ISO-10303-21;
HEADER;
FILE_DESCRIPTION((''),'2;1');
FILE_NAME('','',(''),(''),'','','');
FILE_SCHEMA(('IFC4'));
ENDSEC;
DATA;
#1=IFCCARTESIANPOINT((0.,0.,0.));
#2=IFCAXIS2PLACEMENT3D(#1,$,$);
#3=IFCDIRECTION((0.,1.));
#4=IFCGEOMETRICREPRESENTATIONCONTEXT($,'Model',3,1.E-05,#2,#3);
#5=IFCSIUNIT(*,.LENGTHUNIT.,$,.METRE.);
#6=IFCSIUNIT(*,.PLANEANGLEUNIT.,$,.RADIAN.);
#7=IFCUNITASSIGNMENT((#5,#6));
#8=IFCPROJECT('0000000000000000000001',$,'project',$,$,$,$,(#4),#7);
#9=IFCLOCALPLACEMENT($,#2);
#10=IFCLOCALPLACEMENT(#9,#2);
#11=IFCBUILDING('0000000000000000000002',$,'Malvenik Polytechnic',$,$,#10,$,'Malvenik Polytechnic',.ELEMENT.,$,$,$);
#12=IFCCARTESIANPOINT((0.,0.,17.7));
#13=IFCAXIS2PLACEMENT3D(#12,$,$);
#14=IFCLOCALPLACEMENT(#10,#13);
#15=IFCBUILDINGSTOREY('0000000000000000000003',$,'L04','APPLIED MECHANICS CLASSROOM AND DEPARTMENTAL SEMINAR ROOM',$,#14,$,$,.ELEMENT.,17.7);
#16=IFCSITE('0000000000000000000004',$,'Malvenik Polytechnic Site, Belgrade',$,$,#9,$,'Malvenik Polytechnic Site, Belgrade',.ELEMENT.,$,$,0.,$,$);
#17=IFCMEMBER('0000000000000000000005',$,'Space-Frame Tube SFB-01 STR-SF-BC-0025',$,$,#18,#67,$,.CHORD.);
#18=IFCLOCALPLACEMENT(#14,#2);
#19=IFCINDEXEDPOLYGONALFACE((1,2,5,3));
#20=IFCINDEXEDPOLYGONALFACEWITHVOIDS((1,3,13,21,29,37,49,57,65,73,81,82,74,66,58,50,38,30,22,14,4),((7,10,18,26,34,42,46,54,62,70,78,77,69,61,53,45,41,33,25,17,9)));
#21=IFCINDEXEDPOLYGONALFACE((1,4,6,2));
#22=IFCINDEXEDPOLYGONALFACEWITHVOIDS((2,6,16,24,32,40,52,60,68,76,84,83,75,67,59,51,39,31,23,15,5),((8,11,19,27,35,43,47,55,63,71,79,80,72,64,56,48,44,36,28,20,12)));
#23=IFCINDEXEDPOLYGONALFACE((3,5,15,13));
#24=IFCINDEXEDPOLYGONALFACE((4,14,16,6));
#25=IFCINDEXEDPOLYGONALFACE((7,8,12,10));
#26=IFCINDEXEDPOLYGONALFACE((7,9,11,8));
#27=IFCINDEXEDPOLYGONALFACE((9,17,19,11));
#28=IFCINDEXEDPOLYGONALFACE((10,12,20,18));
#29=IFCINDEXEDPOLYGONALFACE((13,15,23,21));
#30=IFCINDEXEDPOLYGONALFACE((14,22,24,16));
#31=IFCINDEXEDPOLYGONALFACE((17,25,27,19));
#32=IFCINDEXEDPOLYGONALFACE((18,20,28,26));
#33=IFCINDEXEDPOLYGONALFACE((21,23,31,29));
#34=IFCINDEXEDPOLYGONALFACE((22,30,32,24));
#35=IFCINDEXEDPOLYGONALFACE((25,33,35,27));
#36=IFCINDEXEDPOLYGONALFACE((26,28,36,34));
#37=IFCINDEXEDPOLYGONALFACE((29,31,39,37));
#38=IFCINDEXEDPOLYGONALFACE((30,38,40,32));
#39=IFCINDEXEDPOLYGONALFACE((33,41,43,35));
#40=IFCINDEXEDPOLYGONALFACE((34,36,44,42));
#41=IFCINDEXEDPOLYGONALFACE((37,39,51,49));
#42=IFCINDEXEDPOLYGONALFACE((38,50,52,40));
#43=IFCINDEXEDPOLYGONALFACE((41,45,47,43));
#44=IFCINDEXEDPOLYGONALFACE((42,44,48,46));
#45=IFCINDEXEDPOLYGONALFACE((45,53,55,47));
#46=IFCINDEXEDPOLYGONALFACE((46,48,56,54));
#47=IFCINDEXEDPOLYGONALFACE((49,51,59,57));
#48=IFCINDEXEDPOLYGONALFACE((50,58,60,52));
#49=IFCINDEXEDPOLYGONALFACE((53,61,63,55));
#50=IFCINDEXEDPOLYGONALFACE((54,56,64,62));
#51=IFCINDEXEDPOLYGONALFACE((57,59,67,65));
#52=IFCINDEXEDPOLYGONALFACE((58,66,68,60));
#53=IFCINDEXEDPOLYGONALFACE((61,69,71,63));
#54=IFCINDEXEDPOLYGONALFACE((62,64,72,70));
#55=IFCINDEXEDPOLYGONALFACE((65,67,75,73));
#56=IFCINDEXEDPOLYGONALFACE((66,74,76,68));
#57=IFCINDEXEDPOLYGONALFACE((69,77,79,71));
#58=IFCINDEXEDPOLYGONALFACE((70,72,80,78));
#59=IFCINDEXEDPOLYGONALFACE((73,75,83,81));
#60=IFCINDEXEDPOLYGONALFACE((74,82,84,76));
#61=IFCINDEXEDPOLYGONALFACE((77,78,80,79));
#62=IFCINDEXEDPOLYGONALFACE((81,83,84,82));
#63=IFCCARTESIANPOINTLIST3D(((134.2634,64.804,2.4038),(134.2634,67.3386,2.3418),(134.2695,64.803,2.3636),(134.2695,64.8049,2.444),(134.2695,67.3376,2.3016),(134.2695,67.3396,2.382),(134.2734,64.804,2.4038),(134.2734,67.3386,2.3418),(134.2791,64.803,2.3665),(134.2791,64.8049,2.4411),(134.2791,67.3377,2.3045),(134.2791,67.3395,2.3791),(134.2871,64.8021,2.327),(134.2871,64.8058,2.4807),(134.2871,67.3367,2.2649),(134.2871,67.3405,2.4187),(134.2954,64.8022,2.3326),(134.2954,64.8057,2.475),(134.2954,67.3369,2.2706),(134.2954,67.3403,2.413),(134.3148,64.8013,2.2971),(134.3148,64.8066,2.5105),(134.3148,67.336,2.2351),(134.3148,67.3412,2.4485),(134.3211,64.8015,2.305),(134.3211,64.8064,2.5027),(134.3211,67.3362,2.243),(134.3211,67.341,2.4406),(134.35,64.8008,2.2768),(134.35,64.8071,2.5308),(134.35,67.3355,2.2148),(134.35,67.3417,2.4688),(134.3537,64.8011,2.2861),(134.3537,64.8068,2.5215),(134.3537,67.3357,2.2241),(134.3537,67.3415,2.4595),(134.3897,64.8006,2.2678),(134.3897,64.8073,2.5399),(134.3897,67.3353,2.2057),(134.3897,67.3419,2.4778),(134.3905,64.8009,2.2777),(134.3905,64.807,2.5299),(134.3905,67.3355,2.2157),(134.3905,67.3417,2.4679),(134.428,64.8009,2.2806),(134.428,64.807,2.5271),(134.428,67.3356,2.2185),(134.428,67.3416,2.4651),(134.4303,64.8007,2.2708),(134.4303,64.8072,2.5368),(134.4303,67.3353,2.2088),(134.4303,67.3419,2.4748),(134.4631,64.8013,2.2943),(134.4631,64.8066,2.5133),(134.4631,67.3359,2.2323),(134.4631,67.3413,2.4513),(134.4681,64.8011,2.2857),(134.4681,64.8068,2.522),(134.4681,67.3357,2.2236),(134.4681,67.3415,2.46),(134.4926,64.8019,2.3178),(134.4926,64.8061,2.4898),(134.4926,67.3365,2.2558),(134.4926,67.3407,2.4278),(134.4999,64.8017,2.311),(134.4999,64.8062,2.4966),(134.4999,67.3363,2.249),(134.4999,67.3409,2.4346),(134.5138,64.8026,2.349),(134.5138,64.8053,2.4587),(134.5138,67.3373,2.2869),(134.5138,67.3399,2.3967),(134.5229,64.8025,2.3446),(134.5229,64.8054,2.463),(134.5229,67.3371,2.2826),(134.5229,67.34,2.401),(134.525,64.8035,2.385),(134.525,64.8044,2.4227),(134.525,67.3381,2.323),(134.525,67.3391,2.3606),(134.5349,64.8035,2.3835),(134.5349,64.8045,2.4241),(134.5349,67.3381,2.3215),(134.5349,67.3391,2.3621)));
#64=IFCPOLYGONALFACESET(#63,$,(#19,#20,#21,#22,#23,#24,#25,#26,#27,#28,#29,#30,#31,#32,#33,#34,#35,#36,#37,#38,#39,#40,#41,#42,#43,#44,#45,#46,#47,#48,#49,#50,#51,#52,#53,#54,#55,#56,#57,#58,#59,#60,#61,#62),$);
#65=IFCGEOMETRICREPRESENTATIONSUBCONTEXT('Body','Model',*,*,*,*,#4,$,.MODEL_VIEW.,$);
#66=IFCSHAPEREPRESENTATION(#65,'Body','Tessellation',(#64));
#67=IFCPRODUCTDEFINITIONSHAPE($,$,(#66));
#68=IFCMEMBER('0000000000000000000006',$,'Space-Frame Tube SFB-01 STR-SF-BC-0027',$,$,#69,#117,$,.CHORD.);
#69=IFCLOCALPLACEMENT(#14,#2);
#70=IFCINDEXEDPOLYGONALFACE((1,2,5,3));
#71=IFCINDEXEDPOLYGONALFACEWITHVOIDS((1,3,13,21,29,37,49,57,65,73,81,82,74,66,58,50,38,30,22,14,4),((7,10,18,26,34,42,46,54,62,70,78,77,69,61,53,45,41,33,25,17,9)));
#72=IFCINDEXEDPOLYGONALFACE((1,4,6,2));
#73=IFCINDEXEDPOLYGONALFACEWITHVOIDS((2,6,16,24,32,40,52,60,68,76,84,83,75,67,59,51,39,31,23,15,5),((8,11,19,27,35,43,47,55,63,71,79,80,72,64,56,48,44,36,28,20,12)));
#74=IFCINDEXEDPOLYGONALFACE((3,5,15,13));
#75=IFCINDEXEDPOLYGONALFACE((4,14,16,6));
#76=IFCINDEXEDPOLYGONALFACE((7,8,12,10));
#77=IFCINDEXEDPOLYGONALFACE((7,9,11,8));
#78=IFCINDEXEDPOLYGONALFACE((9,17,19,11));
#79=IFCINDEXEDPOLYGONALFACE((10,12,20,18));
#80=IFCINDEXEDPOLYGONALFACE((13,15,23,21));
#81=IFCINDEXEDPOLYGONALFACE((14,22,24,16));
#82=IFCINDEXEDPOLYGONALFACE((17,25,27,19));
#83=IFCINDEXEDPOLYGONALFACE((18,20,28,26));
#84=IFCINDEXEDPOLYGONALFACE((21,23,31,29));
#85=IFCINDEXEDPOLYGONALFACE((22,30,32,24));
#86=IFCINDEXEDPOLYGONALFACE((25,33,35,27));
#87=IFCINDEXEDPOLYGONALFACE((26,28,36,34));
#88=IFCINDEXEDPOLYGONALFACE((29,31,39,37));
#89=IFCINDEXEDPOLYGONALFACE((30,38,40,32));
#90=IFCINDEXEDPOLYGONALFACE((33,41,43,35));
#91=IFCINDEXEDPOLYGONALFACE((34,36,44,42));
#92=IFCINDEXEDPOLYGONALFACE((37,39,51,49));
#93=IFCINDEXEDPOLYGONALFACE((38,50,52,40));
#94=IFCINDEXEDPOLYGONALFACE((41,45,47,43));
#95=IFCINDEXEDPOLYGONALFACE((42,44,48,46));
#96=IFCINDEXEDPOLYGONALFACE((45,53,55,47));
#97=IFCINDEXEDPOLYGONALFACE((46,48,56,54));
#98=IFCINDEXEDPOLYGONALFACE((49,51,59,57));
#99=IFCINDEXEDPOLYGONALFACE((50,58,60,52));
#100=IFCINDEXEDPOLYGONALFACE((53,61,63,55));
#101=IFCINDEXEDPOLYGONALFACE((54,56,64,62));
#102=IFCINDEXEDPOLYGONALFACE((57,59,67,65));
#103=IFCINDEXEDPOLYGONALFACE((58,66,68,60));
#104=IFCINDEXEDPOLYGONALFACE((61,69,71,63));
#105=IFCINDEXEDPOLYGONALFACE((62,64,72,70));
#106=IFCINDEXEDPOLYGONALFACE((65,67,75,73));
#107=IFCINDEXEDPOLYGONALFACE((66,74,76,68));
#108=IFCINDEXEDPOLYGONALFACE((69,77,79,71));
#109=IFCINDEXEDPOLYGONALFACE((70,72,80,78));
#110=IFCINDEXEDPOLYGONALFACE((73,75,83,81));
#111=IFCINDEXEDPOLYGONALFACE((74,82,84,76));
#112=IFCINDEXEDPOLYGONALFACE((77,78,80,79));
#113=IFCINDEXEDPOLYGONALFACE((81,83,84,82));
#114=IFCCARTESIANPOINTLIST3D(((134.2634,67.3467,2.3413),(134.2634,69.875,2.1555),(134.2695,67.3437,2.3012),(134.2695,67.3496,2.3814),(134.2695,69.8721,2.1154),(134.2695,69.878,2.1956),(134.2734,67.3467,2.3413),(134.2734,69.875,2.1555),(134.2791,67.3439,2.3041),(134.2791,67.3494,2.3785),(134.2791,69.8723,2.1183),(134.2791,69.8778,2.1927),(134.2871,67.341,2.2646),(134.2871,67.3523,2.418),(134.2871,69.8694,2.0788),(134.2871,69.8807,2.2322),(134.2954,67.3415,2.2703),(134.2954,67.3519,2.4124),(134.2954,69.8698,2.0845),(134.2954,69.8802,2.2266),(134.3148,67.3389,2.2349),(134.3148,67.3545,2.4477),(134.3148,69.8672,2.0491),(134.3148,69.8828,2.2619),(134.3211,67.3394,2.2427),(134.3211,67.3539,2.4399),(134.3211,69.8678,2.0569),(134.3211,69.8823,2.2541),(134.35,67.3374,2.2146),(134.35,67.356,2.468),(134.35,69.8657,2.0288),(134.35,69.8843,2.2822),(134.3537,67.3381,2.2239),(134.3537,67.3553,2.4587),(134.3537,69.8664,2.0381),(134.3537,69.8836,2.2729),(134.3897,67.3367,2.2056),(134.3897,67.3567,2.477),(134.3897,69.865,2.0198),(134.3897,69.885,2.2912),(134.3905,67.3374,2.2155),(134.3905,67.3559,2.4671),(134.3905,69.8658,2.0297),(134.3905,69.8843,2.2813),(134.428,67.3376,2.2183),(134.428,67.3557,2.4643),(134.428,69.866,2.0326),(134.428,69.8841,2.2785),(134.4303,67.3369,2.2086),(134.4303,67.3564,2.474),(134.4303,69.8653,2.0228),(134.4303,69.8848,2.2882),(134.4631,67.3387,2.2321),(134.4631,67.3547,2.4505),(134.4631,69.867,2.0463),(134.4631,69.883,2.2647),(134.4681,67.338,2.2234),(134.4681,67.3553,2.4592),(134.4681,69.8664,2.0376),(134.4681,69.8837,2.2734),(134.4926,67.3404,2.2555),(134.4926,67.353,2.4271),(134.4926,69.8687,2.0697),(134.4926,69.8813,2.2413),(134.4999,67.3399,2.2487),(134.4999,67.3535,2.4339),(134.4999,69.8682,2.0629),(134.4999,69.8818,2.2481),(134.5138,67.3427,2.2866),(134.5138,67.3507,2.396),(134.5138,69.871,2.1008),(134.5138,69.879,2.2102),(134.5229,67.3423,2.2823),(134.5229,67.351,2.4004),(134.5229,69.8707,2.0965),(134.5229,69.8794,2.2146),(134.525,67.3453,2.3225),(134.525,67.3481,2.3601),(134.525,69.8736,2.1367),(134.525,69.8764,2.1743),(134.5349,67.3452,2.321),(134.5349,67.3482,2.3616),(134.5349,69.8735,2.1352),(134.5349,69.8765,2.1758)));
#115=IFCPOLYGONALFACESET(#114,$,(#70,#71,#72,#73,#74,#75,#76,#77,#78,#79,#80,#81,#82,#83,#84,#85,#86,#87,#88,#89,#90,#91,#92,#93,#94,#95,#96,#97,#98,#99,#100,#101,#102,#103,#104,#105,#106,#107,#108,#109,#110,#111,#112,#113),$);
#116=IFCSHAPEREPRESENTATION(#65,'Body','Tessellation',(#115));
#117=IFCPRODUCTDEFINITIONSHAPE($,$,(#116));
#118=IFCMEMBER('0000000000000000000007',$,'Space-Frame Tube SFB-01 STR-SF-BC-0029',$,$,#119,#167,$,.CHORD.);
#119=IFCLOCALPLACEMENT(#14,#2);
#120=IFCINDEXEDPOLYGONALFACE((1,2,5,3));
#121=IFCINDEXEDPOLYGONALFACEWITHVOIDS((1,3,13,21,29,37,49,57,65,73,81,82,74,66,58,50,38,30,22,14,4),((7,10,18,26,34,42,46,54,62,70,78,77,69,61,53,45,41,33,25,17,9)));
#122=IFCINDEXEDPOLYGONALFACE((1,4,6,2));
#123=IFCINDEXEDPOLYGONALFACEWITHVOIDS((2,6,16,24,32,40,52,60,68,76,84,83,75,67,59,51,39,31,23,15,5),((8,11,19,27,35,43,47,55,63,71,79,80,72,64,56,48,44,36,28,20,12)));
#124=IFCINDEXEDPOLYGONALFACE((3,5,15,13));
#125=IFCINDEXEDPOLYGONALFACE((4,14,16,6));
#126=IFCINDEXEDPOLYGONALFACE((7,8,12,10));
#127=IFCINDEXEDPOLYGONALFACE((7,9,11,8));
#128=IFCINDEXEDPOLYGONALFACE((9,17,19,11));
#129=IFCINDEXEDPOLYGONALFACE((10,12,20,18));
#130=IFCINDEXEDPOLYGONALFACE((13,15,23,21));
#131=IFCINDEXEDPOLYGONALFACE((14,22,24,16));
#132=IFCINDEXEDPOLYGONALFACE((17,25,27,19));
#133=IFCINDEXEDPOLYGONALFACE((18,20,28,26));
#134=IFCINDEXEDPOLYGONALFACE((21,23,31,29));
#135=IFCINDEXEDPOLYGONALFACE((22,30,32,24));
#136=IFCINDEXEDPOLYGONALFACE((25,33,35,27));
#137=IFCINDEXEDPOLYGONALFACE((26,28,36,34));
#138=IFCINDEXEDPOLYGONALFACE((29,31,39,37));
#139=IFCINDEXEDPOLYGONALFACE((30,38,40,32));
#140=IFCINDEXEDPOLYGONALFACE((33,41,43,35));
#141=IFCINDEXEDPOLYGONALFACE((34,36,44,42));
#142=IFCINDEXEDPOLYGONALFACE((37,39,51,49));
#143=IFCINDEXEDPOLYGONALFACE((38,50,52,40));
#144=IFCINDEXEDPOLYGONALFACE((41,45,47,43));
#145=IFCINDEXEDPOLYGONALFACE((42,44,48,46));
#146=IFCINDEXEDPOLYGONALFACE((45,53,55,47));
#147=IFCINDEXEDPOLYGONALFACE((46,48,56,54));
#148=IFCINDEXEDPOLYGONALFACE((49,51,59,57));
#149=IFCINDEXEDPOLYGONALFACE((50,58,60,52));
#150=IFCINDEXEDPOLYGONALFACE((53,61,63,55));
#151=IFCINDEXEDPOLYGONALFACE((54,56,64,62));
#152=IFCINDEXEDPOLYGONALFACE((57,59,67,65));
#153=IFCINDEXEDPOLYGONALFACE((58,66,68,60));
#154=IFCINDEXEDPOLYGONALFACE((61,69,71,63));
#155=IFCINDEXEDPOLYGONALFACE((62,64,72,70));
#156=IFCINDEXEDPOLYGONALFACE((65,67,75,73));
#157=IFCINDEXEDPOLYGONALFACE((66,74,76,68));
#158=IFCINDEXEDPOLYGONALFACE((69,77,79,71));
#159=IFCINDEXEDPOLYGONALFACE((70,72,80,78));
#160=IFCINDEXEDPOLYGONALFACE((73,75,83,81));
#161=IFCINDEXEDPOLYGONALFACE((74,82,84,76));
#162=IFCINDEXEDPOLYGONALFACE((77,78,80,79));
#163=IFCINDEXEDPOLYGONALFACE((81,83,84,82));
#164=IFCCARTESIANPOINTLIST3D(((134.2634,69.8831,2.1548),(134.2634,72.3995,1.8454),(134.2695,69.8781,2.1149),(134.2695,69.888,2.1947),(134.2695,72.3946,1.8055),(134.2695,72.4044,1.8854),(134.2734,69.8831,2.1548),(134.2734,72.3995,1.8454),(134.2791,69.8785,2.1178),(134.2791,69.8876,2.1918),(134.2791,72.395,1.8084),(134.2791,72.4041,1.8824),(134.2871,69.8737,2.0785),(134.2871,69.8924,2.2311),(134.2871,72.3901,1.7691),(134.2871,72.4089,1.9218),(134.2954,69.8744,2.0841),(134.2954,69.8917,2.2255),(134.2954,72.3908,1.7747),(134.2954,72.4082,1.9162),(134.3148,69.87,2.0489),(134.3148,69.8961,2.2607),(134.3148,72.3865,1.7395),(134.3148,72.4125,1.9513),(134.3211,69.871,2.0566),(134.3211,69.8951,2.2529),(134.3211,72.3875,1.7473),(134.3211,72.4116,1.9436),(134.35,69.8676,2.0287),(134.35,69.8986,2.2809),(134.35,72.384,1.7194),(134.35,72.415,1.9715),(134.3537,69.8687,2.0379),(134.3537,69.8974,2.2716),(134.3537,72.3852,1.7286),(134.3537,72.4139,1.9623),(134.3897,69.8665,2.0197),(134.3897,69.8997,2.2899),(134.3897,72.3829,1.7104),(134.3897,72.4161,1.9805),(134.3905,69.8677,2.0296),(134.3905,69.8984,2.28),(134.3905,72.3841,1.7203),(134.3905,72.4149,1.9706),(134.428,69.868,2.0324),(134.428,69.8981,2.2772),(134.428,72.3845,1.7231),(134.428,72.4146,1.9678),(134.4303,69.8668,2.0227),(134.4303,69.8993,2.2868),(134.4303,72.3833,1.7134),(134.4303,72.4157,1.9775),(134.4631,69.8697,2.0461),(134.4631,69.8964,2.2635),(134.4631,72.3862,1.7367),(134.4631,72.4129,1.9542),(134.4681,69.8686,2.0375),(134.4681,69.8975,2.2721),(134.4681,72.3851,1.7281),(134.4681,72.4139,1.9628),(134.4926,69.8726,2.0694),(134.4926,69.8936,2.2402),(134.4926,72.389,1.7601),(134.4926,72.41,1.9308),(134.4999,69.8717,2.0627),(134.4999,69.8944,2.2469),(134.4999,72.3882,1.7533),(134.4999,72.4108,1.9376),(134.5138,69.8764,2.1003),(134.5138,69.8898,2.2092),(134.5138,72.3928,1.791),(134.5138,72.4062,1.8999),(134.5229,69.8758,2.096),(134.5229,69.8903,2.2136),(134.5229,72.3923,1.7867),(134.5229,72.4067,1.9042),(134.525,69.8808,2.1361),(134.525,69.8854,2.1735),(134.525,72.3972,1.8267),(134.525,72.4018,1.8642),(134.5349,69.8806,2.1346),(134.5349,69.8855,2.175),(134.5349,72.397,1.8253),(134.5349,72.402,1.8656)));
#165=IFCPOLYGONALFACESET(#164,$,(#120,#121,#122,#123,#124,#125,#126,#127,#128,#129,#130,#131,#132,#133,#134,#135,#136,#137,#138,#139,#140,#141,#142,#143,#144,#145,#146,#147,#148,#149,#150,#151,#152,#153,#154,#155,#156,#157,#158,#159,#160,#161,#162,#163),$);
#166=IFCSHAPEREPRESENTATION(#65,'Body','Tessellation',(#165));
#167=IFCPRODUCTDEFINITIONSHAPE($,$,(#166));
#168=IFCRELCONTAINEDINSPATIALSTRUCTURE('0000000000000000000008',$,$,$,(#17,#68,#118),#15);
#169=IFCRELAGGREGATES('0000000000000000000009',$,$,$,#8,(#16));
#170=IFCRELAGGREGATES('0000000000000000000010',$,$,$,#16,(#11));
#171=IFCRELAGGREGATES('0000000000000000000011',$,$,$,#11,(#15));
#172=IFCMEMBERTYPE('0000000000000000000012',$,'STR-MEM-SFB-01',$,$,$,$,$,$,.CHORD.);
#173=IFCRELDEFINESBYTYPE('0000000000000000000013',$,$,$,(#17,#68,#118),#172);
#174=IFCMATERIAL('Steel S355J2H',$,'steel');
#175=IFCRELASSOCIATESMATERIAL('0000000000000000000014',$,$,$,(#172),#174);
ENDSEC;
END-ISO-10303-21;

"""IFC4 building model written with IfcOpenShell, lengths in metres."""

from ifc_helpers import new_model, si_unit, direction, frame, origin, origin_2d, place, context, subcontext, project, spatial, hollow_circle, extrude, material, material_profile, profile_set, type_object, element, save


model = new_model("IFC4")

# Units and contexts
model_context = context("Model", 3, precision=1e-05, world=origin(), true_north=direction((0.0, 1.0)))
body_context = subcontext(model_context, "Body", "Model", "MODEL_VIEW")
ifc_project = project(units=[si_unit("LENGTHUNIT", "METRE"), si_unit("PLANEANGLEUNIT", "RADIAN")], contexts=[model_context])

# Site, building, storey
site_placement = place(None, origin())
site = spatial("IfcSite", under=ifc_project, at=site_placement, Name="Malvenik Polytechnic Site, Belgrade", LongName="Malvenik Polytechnic Site, Belgrade", CompositionType="ELEMENT", RefElevation=0.0)
building_placement = place(site_placement, origin())
building = spatial("IfcBuilding", under=site, at=building_placement, Name="Malvenik Polytechnic", LongName="Malvenik Polytechnic", CompositionType="ELEMENT")
storey_placement = place(building_placement, frame((0.0, 0.0, 17.7)))
storey = spatial("IfcBuildingStorey", under=building, at=storey_placement, Name="L04", Description="APPLIED MECHANICS CLASSROOM AND DEPARTMENTAL SEMINAR ROOM", CompositionType="ELEMENT", Elevation=17.7)

# Members
ifc_material = material(Name="Steel S355J2H", Category="steel")
ifc_material_profile_1 = material_profile(ifc_material, hollow_circle(Radius=0.1365, WallThickness=0.01, at=origin_2d()), Name="CHS 273.0x10.0")
ifc_profile_set_1 = profile_set([ifc_material_profile_1], Name="Steel S355J2H")
member_type_1 = type_object("IfcMemberType", Name="STR-MEM-SFB-01", PredefinedType="CHORD", material=ifc_profile_set_1)
member_1_placement = place(storey_placement, frame((134.3999, 64.804, 2.4038), z_axis=(0.0, 0.999701, -0.024458), x_axis=(-1.0, 0.0, 0.0)))
element("IfcMember", 1, at=member_1_placement, inside=storey, type_object=member_type_1, Name="Space-Frame Tube SFB-01 STR-SF-BC-0025", PredefinedType="CHORD", context=body_context, shape_type="SweptSolid", body=[
    extrude(hollow_circle(Radius=0.1365, WallThickness=0.01, at=origin_2d()), origin(), (0.0, 0.0, 1.0), 2.5354),
])
member_2_placement = place(storey_placement, frame((134.3999, 67.3467, 2.3413), z_axis=(0.0, 0.997311, -0.073286), x_axis=(-1.0, 0.0, 0.0)))
element("IfcMember", 2, at=member_2_placement, inside=storey, type_object=member_type_1, Name="Space-Frame Tube SFB-01 STR-SF-BC-0027", PredefinedType="CHORD", context=body_context, shape_type="SweptSolid", body=[
    extrude(hollow_circle(Radius=0.1365, WallThickness=0.01, at=origin_2d()), origin(), (0.0, 0.0, 1.0), 2.5352),
])
member_3_placement = place(storey_placement, frame((134.3999, 69.8831, 2.1548), z_axis=(0.0, 0.992529, -0.122008), x_axis=(-1.0, 0.0, 0.0)))
element("IfcMember", 3, at=member_3_placement, inside=storey, type_object=member_type_1, Name="Space-Frame Tube SFB-01 STR-SF-BC-0029", PredefinedType="CHORD", context=body_context, shape_type="SweptSolid", body=[
    extrude(hollow_circle(Radius=0.1365, WallThickness=0.01, at=origin_2d()), origin(), (0.0, 0.0, 1.0), 2.5354),
])

save(model, "model.ifc")
